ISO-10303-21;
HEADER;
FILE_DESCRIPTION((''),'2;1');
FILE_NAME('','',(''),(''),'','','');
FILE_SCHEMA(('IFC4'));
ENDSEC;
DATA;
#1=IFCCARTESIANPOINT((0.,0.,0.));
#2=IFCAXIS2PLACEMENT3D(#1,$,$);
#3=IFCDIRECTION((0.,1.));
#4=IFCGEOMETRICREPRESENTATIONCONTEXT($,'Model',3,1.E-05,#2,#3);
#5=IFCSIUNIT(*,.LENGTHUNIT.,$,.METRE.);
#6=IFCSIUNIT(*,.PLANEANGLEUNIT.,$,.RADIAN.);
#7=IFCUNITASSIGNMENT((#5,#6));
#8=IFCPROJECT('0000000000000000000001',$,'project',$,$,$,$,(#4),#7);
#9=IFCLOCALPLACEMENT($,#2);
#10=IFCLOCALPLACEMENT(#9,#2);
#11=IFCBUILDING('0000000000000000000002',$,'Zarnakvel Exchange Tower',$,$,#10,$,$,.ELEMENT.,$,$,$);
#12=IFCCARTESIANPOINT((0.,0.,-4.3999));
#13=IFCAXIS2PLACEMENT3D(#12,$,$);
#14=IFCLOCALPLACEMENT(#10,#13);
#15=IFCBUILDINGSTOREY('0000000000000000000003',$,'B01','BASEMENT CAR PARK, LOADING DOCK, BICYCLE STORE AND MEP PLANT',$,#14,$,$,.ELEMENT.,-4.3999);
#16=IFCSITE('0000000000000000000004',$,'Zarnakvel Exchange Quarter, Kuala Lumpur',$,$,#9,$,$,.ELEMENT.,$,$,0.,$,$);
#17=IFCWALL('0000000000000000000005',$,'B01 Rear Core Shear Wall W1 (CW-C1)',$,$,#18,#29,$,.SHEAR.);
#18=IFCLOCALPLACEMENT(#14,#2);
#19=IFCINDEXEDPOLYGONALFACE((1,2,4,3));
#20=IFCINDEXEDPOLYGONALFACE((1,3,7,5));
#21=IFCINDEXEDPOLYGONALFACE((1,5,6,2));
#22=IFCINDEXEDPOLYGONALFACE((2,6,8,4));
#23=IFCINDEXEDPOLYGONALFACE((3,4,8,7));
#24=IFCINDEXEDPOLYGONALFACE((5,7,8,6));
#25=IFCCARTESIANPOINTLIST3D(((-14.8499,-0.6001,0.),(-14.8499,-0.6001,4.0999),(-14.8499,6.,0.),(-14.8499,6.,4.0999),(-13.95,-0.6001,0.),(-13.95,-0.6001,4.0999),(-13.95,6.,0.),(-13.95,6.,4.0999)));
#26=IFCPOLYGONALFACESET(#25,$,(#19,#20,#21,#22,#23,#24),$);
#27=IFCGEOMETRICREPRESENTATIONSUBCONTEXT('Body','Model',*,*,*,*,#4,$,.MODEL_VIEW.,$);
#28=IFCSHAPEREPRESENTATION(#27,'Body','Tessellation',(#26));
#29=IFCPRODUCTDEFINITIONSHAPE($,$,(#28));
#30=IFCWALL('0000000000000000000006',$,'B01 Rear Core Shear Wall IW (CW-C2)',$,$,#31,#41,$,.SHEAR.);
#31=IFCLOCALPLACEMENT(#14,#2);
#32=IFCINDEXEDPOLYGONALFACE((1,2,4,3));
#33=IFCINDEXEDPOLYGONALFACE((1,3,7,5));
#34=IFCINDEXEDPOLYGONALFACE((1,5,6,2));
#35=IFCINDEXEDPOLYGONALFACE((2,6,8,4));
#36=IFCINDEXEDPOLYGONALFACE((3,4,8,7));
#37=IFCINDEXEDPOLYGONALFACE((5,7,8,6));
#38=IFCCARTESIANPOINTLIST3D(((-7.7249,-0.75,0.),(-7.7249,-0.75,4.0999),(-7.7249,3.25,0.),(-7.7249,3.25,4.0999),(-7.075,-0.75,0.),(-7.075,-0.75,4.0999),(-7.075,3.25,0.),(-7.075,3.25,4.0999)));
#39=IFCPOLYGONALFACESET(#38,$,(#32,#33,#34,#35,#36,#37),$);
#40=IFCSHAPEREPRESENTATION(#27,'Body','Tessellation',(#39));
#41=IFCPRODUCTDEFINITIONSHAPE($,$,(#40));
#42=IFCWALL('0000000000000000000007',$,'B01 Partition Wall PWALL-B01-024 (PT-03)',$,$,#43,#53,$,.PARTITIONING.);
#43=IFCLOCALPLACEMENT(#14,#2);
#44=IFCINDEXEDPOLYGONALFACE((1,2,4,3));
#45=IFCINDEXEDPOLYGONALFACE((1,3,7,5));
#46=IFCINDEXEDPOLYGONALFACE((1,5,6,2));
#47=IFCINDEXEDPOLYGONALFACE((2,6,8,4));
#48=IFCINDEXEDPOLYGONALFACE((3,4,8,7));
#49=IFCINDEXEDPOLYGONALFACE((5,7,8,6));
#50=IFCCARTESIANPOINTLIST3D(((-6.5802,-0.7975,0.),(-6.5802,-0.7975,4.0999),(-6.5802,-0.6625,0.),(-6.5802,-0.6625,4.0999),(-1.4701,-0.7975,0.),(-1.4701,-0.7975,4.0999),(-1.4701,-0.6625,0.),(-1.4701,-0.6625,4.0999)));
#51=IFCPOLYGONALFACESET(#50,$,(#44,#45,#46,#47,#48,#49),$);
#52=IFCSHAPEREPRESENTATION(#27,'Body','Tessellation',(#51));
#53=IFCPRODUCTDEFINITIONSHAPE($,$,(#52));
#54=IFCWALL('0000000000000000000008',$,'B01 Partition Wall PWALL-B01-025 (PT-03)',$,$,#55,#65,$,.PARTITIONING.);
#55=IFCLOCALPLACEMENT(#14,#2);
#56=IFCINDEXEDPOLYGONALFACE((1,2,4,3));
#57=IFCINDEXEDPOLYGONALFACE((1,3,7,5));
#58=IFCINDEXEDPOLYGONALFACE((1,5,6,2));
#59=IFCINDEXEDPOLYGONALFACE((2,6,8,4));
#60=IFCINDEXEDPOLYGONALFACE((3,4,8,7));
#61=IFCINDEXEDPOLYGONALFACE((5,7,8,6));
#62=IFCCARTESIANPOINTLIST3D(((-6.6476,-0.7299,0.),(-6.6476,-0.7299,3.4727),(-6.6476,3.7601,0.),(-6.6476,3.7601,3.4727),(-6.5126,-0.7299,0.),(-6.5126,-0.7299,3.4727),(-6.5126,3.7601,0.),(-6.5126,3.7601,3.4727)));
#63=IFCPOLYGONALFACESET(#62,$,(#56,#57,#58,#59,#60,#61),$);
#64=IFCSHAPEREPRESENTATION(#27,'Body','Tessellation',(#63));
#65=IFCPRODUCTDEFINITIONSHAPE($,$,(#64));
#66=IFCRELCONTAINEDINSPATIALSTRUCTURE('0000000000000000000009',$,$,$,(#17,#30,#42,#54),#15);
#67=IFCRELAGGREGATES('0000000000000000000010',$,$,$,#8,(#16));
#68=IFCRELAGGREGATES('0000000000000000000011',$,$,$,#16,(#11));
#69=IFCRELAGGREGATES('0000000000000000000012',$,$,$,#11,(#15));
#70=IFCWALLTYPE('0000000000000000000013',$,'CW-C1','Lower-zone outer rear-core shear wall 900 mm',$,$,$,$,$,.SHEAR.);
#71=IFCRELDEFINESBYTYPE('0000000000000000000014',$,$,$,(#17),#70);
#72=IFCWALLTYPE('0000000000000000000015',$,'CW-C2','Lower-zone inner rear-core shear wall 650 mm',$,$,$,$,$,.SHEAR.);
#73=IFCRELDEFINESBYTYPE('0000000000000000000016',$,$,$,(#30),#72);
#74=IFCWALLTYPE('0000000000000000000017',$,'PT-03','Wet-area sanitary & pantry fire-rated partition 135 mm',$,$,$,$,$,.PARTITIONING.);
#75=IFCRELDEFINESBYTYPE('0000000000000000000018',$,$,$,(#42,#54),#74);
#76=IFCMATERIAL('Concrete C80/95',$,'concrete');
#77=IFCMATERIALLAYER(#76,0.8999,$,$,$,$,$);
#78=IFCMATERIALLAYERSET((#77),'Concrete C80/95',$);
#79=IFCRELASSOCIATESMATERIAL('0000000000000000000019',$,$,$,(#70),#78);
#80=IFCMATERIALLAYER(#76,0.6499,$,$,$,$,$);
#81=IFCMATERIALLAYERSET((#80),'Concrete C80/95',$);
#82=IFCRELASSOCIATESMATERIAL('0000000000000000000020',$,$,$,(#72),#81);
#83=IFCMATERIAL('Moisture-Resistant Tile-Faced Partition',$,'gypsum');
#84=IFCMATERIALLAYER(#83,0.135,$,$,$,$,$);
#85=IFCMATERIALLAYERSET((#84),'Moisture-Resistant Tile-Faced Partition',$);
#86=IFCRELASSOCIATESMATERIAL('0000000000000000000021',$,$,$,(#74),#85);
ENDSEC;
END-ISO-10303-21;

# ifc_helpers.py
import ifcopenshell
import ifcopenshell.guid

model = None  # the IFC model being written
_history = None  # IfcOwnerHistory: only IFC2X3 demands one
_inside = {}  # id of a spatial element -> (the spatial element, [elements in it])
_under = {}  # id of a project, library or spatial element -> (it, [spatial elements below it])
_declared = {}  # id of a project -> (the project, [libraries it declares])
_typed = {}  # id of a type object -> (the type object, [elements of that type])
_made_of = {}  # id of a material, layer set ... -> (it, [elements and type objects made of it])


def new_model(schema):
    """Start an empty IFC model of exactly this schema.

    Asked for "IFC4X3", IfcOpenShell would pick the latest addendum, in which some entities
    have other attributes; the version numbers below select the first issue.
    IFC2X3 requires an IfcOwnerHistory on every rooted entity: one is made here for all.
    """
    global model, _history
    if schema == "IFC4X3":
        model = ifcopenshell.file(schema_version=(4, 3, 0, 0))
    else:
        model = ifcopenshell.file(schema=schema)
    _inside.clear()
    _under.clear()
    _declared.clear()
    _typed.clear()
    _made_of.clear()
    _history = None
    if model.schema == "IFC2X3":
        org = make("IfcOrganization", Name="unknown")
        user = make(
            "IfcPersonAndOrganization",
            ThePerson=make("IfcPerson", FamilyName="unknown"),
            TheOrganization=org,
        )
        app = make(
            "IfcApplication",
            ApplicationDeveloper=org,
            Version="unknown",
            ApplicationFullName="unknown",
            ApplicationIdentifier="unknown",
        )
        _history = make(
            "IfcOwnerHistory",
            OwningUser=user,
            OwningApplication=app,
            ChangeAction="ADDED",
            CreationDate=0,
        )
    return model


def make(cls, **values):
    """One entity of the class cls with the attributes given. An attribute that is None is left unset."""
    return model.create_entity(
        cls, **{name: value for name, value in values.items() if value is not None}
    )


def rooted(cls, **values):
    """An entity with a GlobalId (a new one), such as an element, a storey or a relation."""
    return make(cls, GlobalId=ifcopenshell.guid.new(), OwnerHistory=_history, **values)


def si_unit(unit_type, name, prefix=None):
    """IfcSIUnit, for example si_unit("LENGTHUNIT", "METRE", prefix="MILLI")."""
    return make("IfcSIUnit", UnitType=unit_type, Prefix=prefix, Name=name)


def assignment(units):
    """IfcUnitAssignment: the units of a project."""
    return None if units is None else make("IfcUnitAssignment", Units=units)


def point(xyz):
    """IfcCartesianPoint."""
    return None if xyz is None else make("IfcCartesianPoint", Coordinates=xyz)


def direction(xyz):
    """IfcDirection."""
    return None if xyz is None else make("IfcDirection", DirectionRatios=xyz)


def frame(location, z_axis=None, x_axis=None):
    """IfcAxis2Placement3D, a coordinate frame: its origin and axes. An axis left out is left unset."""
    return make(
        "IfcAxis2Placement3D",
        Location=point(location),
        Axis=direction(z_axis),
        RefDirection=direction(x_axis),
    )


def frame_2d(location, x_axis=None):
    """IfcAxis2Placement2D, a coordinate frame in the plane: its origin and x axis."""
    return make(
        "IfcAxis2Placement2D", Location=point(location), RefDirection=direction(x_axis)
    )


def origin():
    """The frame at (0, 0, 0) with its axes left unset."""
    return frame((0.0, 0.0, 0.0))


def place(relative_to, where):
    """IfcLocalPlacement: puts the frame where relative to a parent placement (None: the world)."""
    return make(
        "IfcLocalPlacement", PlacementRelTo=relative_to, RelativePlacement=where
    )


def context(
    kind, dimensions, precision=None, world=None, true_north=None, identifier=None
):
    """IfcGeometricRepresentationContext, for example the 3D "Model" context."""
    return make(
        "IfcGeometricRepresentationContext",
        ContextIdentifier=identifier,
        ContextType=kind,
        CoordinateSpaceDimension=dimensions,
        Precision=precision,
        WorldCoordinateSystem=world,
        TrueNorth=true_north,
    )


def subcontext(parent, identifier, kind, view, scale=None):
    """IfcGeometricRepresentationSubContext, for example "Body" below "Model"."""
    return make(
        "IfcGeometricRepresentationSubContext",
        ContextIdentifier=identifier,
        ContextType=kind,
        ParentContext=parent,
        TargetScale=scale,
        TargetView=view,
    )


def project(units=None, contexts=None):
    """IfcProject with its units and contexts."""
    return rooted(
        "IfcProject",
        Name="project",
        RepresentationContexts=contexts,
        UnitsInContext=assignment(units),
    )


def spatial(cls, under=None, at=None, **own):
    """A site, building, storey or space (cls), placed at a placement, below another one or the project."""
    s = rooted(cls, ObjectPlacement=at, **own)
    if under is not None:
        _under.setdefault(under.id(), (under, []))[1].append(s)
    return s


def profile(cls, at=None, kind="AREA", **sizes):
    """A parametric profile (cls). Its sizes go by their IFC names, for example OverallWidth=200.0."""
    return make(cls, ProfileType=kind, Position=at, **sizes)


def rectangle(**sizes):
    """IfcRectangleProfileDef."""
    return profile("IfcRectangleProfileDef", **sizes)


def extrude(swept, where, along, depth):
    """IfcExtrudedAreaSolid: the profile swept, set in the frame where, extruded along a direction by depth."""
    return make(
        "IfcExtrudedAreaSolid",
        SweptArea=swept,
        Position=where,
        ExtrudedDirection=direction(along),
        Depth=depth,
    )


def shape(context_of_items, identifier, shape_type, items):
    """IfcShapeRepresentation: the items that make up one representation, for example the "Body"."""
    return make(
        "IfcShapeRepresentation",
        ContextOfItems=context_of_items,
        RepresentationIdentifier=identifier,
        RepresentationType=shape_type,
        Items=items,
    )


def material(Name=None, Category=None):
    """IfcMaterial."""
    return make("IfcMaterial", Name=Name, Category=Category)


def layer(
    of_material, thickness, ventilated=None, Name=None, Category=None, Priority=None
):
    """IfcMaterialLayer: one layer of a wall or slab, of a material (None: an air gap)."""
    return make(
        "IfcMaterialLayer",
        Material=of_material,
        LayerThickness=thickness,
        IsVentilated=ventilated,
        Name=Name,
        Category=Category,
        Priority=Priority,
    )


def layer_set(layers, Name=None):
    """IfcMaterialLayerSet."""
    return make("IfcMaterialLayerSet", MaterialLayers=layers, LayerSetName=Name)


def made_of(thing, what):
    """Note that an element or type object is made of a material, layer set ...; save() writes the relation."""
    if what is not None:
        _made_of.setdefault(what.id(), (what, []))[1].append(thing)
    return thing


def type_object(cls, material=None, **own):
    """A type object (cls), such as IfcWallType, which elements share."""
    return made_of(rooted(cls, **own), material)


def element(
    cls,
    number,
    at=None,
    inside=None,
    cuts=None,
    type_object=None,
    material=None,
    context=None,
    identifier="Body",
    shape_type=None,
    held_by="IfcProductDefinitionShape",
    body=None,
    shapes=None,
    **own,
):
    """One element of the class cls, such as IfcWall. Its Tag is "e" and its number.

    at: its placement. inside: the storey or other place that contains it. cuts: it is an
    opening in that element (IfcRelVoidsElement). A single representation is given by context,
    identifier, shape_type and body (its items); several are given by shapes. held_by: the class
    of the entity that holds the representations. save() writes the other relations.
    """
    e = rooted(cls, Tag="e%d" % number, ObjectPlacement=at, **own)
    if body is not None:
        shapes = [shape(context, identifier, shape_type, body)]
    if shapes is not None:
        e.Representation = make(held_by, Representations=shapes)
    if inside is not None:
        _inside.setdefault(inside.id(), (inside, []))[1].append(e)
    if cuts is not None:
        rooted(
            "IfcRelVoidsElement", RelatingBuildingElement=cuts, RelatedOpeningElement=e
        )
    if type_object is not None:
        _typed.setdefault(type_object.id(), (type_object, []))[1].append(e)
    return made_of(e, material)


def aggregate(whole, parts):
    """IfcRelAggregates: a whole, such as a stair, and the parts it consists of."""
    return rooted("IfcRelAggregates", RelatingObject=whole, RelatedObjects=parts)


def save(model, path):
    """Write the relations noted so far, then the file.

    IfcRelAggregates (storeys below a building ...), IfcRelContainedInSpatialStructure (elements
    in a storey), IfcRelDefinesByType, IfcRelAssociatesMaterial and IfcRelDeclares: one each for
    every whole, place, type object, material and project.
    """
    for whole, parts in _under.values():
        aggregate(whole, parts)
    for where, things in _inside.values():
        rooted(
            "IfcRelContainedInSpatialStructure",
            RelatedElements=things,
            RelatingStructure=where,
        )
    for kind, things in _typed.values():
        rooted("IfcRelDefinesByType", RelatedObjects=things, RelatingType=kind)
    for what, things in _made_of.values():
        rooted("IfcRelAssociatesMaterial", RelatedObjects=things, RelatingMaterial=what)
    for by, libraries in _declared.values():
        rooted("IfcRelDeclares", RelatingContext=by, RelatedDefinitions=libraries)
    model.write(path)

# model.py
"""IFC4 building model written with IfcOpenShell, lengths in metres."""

from ifc_helpers import new_model, si_unit, direction, frame, frame_2d, origin, place, context, subcontext, project, spatial, rectangle, extrude, material, layer, layer_set, type_object, element, save


model = new_model("IFC4")

# Units and contexts
model_context = context("Model", 3, precision=1e-05, world=origin(), true_north=direction((0.0, 1.0)))
body_context = subcontext(model_context, "Body", "Model", "MODEL_VIEW")
ifc_project = project(units=[si_unit("LENGTHUNIT", "METRE"), si_unit("PLANEANGLEUNIT", "RADIAN")], contexts=[model_context])

# Site, building, storey
site_placement = place(None, origin())
site = spatial("IfcSite", under=ifc_project, at=site_placement, Name="Zarnakvel Exchange Quarter, Kuala Lumpur", CompositionType="ELEMENT", RefElevation=0.0)
building_placement = place(site_placement, origin())
building = spatial("IfcBuilding", under=site, at=building_placement, Name="Zarnakvel Exchange Tower", CompositionType="ELEMENT")
storey_placement = place(building_placement, frame((0.0, 0.0, -4.3999)))
storey = spatial("IfcBuildingStorey", under=building, at=storey_placement, Name="B01", Description="BASEMENT CAR PARK, LOADING DOCK, BICYCLE STORE AND MEP PLANT", CompositionType="ELEMENT", Elevation=-4.3999)

# Shared definitions
ifc_material_1 = material(Name="Concrete C80/95", Category="concrete")

# Wall
ifc_layer_1 = layer(ifc_material_1, 0.8999)
ifc_layer_set_1 = layer_set([ifc_layer_1], Name="Concrete C80/95")
wall_type_1 = type_object("IfcWallType", Name="CW-C1", Description="Lower-zone outer rear-core shear wall 900 mm", PredefinedType="SHEAR", material=ifc_layer_set_1)
wall_1_placement = place(storey_placement, frame((-14.3999, -0.6001, 0.0), z_axis=(0.0, 0.0, 1.0), x_axis=(0.0, 1.0, 0.0)))
element("IfcWall", 1, at=wall_1_placement, inside=storey, type_object=wall_type_1, Name="B01 Rear Core Shear Wall W1 (CW-C1)", PredefinedType="SHEAR", context=body_context, shape_type="SweptSolid", body=[
    extrude(rectangle(XDim=6.6001, YDim=0.8999, at=frame_2d((3.3, 0.0))), origin(), (0.0, 0.0, 1.0), 4.0999),
])

# Walls
ifc_layer_2 = layer(ifc_material_1, 0.6499)
ifc_layer_set_2 = layer_set([ifc_layer_2], Name="Concrete C80/95")
wall_type_2 = type_object("IfcWallType", Name="CW-C2", Description="Lower-zone inner rear-core shear wall 650 mm", PredefinedType="SHEAR", material=ifc_layer_set_2)
wall_2_placement = place(storey_placement, frame((-7.3999, -0.75, 0.0), z_axis=(0.0, 0.0, 1.0), x_axis=(0.0, 1.0, 0.0)))
element("IfcWall", 2, at=wall_2_placement, inside=storey, type_object=wall_type_2, Name="B01 Rear Core Shear Wall IW (CW-C2)", PredefinedType="SHEAR", context=body_context, shape_type="SweptSolid", body=[
    extrude(rectangle(XDim=4.0, YDim=0.6499, at=frame_2d((2.0, 0.0))), origin(), (0.0, 0.0, 1.0), 4.0999),
])
ifc_material_2 = material(Name="Moisture-Resistant Tile-Faced Partition", Category="gypsum")
ifc_layer_3 = layer(ifc_material_2, 0.135)
ifc_layer_set_3 = layer_set([ifc_layer_3], Name="Moisture-Resistant Tile-Faced Partition")
wall_type_3 = type_object("IfcWallType", Name="PT-03", Description="Wet-area sanitary & pantry fire-rated partition 135 mm", PredefinedType="PARTITIONING", material=ifc_layer_set_3)
wall_3_placement = place(storey_placement, frame((-1.47, -0.73, 0.0), z_axis=(0.0, 0.0, 1.0), x_axis=(-1.0, 0.0, 0.0)))
element("IfcWall", 3, at=wall_3_placement, inside=storey, type_object=wall_type_3, Name="B01 Partition Wall PWALL-B01-024 (PT-03)", PredefinedType="PARTITIONING", context=body_context, shape_type="SweptSolid", body=[
    extrude(rectangle(XDim=5.1101, YDim=0.135, at=frame_2d((2.5552, 0.0))), origin(), (0.0, 0.0, 1.0), 4.0999),
])
wall_4_placement = place(storey_placement, frame((-6.5801, -0.73, 0.0), z_axis=(0.0, 0.0, 1.0), x_axis=(0.0, 1.0, 0.0)))
element("IfcWall", 4, at=wall_4_placement, inside=storey, type_object=wall_type_3, Name="B01 Partition Wall PWALL-B01-025 (PT-03)", PredefinedType="PARTITIONING", context=body_context, shape_type="SweptSolid", body=[
    extrude(rectangle(XDim=4.49, YDim=0.135, at=frame_2d((2.2451, 0.0))), origin(), (0.0, 0.0, 1.0), 3.4727),
])

save(model, "model.ifc")
